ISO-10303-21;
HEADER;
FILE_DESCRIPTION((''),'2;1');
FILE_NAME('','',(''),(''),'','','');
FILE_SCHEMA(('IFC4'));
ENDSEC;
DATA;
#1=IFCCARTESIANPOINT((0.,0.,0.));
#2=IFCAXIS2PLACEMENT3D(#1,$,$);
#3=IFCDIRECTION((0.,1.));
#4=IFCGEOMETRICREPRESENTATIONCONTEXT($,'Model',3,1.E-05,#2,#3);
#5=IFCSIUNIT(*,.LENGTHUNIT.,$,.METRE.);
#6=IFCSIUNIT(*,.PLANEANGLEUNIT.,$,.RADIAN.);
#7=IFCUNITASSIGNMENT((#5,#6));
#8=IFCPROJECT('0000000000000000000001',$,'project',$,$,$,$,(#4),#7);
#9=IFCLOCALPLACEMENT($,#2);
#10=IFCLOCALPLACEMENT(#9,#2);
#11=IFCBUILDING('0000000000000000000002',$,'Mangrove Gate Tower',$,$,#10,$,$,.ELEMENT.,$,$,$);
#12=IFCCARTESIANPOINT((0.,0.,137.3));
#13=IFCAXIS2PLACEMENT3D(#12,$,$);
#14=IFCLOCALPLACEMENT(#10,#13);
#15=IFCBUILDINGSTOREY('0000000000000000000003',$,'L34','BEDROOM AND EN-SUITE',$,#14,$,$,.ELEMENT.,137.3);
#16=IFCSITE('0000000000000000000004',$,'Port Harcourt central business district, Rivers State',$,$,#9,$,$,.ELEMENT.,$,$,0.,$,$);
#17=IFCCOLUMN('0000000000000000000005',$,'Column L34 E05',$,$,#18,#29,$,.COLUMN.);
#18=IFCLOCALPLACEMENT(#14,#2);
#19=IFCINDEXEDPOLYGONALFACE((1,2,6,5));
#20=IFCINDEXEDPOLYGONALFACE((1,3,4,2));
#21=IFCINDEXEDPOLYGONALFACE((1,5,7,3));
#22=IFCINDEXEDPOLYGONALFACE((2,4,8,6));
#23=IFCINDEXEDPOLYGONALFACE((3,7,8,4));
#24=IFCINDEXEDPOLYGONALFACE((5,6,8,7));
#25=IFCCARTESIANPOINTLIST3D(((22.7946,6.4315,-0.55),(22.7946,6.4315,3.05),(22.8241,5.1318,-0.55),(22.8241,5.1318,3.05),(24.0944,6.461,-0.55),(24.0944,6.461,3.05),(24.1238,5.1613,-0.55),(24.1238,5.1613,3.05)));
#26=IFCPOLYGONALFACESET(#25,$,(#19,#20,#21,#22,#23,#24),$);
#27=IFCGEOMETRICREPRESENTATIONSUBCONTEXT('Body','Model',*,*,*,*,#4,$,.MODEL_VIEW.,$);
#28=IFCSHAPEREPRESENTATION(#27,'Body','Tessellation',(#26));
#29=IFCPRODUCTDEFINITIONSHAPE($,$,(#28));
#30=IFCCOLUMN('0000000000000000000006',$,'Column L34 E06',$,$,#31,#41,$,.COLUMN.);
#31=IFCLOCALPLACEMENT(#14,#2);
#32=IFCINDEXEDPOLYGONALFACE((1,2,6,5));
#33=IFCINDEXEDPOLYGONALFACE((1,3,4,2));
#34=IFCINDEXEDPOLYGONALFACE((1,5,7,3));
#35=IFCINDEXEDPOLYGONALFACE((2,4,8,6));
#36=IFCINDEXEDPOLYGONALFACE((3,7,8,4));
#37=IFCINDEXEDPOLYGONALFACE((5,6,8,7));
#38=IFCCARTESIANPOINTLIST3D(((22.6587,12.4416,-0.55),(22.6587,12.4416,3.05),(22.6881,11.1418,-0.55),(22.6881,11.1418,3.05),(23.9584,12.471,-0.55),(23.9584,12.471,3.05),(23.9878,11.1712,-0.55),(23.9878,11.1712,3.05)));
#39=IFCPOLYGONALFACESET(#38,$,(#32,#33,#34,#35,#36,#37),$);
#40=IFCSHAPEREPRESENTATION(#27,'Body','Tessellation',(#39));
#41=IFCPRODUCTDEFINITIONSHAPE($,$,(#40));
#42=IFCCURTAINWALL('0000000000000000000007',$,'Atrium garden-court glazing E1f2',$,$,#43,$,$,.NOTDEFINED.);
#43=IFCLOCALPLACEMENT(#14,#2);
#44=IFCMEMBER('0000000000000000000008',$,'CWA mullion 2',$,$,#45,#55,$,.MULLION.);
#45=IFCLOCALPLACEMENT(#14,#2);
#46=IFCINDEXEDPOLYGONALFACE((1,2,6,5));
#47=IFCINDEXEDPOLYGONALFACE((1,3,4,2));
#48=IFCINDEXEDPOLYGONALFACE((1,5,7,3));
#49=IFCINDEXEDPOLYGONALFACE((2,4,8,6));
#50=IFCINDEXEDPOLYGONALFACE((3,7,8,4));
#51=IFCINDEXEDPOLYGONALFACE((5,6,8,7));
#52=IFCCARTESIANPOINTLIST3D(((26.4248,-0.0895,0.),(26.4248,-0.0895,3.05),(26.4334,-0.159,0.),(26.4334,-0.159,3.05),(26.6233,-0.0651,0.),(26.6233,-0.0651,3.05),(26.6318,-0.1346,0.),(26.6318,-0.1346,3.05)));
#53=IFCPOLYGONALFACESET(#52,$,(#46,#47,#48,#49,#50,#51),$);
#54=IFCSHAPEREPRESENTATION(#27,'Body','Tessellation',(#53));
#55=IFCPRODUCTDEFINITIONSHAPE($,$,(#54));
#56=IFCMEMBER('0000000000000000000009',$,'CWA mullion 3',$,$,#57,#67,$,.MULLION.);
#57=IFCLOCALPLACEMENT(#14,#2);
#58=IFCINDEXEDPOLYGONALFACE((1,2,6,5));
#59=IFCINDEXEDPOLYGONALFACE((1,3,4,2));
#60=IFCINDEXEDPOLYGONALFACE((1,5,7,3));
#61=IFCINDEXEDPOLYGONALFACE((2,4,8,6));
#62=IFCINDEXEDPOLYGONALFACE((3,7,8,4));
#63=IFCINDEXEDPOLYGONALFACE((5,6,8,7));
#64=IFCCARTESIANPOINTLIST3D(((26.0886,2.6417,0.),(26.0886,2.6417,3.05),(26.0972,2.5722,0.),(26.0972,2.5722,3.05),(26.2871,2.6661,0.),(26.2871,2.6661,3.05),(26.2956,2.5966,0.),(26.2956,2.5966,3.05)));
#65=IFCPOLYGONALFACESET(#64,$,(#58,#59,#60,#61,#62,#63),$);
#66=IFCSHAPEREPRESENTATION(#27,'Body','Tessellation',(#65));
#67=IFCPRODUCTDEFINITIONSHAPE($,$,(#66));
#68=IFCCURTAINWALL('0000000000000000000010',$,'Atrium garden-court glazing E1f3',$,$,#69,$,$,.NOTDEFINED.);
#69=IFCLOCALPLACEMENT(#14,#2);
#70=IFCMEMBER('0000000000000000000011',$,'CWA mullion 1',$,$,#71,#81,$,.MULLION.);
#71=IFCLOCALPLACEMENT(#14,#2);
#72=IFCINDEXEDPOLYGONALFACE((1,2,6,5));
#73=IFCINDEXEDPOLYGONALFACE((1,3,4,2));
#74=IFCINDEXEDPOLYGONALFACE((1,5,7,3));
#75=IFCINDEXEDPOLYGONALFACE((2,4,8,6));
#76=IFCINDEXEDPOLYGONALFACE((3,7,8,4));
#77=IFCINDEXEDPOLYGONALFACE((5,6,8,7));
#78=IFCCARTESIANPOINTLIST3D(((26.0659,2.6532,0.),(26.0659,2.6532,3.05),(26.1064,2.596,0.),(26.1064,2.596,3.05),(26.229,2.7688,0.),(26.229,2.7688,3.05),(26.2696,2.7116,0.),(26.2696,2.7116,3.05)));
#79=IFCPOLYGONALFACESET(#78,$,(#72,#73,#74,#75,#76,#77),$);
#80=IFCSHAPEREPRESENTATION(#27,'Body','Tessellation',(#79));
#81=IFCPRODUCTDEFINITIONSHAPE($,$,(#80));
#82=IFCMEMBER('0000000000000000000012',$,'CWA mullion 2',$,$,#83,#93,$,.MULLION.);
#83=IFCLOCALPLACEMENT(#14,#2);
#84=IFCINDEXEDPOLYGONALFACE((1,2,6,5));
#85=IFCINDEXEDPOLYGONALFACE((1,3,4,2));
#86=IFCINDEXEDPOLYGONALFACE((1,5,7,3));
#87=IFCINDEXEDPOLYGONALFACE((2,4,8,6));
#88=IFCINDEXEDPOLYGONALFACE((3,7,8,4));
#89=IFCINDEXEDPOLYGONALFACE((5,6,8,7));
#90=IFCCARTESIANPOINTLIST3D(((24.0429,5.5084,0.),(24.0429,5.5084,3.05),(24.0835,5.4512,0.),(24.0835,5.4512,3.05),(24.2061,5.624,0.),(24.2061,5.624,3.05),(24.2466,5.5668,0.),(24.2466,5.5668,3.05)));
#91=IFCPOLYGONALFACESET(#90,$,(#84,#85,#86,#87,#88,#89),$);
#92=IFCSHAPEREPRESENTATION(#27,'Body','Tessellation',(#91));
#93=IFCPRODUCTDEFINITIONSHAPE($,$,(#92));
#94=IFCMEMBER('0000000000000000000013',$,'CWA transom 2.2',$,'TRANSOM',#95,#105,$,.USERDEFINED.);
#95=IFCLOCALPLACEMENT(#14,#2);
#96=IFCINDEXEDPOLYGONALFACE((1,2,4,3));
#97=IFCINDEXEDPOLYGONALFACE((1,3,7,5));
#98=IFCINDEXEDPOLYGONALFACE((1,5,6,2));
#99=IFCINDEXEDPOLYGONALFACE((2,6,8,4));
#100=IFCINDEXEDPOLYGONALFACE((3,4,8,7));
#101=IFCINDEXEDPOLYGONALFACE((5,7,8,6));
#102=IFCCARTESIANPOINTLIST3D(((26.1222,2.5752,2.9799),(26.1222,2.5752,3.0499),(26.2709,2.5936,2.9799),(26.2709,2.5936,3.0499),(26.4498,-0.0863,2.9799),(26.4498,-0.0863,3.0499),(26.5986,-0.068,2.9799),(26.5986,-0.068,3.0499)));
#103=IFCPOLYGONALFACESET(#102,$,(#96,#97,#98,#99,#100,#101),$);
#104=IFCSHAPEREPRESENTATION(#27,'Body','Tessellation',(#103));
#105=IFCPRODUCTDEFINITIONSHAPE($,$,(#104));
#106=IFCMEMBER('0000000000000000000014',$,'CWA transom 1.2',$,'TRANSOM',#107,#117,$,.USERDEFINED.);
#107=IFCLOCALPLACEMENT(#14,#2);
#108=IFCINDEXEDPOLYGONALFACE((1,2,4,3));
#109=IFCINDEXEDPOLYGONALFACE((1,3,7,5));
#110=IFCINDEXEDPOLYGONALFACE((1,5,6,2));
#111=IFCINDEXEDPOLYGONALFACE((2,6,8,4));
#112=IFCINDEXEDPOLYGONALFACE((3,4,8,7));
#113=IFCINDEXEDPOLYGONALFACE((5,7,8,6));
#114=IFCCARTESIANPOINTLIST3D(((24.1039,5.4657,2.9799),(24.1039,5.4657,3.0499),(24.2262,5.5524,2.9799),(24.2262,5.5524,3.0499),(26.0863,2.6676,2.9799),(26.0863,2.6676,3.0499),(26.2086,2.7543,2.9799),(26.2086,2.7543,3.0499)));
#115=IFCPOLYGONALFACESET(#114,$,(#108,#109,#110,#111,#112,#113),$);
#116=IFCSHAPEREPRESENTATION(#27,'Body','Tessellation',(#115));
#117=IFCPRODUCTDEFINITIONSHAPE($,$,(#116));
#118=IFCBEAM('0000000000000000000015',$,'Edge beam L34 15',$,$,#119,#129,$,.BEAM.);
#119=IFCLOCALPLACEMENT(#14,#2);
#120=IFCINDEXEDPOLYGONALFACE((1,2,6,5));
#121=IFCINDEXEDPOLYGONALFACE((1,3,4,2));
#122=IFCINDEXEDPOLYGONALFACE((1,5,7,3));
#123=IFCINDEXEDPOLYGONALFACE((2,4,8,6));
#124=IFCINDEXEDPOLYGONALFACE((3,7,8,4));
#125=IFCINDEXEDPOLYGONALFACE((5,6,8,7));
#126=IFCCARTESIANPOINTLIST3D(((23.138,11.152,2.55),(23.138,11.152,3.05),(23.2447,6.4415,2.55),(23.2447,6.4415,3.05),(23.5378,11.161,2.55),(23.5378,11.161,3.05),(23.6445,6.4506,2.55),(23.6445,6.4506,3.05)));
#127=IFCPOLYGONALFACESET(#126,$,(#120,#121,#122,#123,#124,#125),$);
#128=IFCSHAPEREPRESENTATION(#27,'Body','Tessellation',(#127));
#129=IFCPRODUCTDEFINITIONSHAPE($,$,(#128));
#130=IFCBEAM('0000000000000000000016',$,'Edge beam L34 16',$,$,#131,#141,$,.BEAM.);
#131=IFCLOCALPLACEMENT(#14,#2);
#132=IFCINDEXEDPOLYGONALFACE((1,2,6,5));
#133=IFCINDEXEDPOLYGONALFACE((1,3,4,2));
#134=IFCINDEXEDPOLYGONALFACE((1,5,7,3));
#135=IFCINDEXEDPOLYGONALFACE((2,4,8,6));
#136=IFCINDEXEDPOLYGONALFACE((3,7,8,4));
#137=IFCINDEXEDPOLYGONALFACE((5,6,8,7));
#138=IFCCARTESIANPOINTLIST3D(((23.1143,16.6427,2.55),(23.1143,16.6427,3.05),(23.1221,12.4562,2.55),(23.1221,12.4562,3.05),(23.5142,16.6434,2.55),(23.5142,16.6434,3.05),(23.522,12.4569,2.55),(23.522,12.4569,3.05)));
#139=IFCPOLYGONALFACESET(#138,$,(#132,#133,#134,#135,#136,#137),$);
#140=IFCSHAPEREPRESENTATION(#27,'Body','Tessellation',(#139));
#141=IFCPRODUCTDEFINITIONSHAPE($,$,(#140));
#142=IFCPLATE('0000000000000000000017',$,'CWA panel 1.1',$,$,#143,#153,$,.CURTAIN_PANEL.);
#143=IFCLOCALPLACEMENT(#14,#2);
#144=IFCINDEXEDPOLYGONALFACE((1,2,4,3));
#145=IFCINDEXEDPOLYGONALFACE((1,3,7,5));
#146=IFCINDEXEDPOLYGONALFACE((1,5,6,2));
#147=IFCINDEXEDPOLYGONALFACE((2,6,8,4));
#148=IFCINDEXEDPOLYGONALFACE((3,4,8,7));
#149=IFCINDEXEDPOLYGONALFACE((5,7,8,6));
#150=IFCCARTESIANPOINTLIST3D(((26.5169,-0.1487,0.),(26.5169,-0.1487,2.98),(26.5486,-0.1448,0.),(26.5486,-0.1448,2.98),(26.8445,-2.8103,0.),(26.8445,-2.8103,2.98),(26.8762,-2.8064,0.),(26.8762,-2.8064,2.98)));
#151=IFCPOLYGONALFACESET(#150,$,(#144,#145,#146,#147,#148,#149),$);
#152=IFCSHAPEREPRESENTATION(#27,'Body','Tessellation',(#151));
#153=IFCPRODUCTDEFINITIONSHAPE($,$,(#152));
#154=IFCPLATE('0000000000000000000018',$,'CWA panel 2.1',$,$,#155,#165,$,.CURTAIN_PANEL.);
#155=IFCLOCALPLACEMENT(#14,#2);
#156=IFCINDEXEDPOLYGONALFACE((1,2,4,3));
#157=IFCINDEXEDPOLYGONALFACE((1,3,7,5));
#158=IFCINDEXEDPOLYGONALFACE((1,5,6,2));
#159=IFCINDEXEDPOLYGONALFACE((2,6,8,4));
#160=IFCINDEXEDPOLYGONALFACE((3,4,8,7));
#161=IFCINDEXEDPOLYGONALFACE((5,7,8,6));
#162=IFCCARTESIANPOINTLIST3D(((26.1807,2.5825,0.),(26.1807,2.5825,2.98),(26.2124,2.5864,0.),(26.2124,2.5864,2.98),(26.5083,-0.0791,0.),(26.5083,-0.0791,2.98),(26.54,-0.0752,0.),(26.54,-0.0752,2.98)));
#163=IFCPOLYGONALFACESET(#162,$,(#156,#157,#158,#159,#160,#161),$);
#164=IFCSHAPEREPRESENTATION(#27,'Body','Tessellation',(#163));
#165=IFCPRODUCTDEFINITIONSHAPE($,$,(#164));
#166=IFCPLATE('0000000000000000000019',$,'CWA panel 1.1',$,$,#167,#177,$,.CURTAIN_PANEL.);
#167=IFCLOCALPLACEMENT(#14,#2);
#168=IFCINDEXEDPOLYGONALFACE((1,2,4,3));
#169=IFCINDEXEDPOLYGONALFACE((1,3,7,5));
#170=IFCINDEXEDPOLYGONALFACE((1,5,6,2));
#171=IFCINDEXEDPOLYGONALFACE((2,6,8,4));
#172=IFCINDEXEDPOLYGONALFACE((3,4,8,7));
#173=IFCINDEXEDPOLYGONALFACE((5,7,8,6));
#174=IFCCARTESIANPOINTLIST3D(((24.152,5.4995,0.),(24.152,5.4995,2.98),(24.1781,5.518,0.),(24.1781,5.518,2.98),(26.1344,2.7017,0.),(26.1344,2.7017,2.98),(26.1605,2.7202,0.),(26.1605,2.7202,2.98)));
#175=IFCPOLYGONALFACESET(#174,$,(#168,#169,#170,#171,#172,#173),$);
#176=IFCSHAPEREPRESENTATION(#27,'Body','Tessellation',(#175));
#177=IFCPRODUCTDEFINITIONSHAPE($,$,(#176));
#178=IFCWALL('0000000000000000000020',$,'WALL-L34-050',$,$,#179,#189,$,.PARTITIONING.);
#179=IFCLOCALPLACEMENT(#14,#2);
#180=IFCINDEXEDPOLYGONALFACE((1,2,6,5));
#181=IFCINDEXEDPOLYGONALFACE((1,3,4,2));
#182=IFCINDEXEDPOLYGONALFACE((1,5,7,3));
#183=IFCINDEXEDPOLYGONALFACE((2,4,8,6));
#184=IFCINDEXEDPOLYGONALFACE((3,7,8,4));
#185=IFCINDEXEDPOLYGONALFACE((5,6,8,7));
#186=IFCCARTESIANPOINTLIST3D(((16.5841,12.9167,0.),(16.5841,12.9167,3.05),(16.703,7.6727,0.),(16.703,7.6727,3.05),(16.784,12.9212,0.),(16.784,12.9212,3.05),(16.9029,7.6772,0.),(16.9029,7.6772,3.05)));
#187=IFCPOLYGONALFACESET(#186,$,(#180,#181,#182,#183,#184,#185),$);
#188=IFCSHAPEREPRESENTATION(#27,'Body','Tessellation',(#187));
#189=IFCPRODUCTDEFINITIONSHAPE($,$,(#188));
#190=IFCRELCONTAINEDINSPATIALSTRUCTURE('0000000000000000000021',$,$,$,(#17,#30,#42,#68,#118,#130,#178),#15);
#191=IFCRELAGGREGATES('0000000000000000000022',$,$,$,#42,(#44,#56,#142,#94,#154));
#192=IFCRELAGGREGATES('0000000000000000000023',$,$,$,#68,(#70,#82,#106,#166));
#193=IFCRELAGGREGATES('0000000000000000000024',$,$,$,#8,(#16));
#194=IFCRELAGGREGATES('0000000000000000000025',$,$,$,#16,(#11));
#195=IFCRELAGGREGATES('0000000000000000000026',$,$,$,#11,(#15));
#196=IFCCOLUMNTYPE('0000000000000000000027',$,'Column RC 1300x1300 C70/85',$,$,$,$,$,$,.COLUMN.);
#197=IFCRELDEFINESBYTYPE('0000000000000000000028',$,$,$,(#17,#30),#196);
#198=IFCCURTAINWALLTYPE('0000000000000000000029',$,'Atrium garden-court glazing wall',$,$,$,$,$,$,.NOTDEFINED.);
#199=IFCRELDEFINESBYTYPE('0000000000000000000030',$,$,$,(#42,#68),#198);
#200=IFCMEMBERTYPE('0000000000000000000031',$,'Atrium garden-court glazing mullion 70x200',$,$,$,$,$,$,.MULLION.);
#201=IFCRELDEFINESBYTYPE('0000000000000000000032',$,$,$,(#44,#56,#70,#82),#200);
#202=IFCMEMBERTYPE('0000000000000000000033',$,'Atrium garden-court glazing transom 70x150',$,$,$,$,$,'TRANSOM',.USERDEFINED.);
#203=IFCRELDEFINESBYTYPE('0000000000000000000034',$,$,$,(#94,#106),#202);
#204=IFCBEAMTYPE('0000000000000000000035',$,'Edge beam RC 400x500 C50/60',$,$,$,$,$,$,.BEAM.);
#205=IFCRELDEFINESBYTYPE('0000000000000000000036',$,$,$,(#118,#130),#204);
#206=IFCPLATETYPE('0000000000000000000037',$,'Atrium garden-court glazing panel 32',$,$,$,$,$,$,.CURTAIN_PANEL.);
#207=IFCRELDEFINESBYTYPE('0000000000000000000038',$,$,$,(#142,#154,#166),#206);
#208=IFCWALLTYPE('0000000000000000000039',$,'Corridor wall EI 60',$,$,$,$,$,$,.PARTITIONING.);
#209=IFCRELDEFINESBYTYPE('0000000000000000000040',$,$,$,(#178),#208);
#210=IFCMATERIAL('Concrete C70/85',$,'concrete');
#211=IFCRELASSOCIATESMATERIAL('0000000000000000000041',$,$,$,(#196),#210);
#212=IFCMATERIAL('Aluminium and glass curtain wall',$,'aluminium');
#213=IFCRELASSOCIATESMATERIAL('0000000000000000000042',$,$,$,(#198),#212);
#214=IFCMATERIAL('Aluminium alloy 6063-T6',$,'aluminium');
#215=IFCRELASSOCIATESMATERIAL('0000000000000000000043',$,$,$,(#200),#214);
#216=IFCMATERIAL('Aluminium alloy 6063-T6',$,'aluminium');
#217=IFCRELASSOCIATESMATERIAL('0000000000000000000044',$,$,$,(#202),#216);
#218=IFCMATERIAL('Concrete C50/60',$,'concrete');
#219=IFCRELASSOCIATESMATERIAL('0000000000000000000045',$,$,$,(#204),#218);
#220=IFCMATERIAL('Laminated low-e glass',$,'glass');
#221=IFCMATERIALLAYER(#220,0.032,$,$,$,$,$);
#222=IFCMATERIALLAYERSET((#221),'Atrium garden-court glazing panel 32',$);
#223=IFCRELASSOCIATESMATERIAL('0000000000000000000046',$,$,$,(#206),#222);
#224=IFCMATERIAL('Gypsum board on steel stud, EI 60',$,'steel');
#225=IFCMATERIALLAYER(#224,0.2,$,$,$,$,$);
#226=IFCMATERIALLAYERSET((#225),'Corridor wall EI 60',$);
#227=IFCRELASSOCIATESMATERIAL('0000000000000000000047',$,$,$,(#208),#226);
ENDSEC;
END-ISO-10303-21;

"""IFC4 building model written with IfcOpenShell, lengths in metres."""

from ifc_helpers import new_model, si_unit, direction, frame, frame_2d, origin, origin_2d, place, context, subcontext, project, spatial, rectangle, extrude, material, layer, layer_set, material_profile, profile_set, type_object, element, aggregate, save


model = new_model("IFC4")

# Units and contexts
model_context = context("Model", 3, precision=1e-05, world=origin(), true_north=direction((0.0, 1.0)))
body_context = subcontext(model_context, "Body", "Model", "MODEL_VIEW")
ifc_project = project(units=[si_unit("LENGTHUNIT", "METRE"), si_unit("PLANEANGLEUNIT", "RADIAN")], contexts=[model_context])

# Site, building, storey
site_placement = place(None, origin())
site = spatial("IfcSite", under=ifc_project, at=site_placement, Name="Port Harcourt central business district, Rivers State", CompositionType="ELEMENT", RefElevation=0.0)
building_placement = place(site_placement, origin())
building = spatial("IfcBuilding", under=site, at=building_placement, Name="Mangrove Gate Tower", CompositionType="ELEMENT")
storey_placement = place(building_placement, frame((0.0, 0.0, 137.3)))
storey = spatial("IfcBuildingStorey", under=building, at=storey_placement, Name="L34", Description="BEDROOM AND EN-SUITE", CompositionType="ELEMENT", Elevation=137.3)

# Columns
ifc_material_1 = material(Name="Concrete C70/85", Category="concrete")
ifc_material_profile_1 = material_profile(ifc_material_1, rectangle(XDim=1.3, YDim=1.3, at=origin_2d()))
ifc_profile_set_1 = profile_set([ifc_material_profile_1], Name="Concrete C70/85")
column_type = type_object("IfcColumnType", Name="Column RC 1300x1300 C70/85", PredefinedType="COLUMN", material=ifc_profile_set_1)
for number, where, z_axis, x_axis, name in (
    (1, (23.4592, 5.7964, -0.55), (0.0, 0.0, 1.0), (-0.022669, 0.999743, 0.0), "Column L34 E05"),
    (2, (23.3232, 11.8064, -0.55), (0.0, 0.0, 1.0), (-0.022621, 0.999744, 0.0), "Column L34 E06"),
):
    element("IfcColumn", number, at=place(storey_placement, frame(where, z_axis=z_axis, x_axis=x_axis)), inside=storey, type_object=column_type, Name=name, PredefinedType="COLUMN", context=body_context, shape_type="SweptSolid", body=[
        extrude(rectangle(XDim=1.3, YDim=1.3, at=origin_2d()), origin(), (0.0, 0.0, 1.0), 3.6001),
    ])

# Curtain walls, members
ifc_material_2 = material(Name="Aluminium and glass curtain wall", Category="aluminium")
curtain_wall_type = type_object("IfcCurtainWallType", Name="Atrium garden-court glazing wall", PredefinedType="NOTDEFINED", material=ifc_material_2)
curtain_wall_1_placement = place(storey_placement, origin())
curtain_wall_1 = element("IfcCurtainWall", 3, at=curtain_wall_1_placement, inside=storey, type_object=curtain_wall_type, Name="Atrium garden-court glazing E1f2", PredefinedType="NOTDEFINED")
ifc_material_3 = material(Name="Aluminium alloy 6063-T6", Category="aluminium")
ifc_material_profile_2 = material_profile(ifc_material_3, rectangle(XDim=0.0701, YDim=0.2, at=origin_2d()))
ifc_profile_set_2 = profile_set([ifc_material_profile_2], Name="Aluminium alloy 6063-T6")
member_type_1 = type_object("IfcMemberType", Name="Atrium garden-court glazing mullion 70x200", PredefinedType="MULLION", material=ifc_profile_set_2)
member_1_placement = place(storey_placement, frame((26.5283, -0.1121, 0.0), z_axis=(0.0, 0.0, 1.0), x_axis=(-0.122172, 0.992509, 0.0)))
member_1 = element("IfcMember", 4, at=member_1_placement, type_object=member_type_1, Name="CWA mullion 2", PredefinedType="MULLION", context=body_context, shape_type="SweptSolid", body=[
    extrude(rectangle(XDim=0.0701, YDim=0.2, at=origin_2d()), origin(), (0.0, 0.0, 1.0), 3.05),
])
member_2_placement = place(storey_placement, frame((26.1921, 2.6191, 0.0), z_axis=(0.0, 0.0, 1.0), x_axis=(-0.122172, 0.992509, 0.0)))
member_2 = element("IfcMember", 5, at=member_2_placement, type_object=member_type_1, Name="CWA mullion 3", PredefinedType="MULLION", context=body_context, shape_type="SweptSolid", body=[
    extrude(rectangle(XDim=0.0701, YDim=0.2, at=origin_2d()), origin(), (0.0, 0.0, 1.0), 3.05),
])
curtain_wall_2_placement = place(storey_placement, origin())
curtain_wall_2 = element("IfcCurtainWall", 6, at=curtain_wall_2_placement, inside=storey, type_object=curtain_wall_type, Name="Atrium garden-court glazing E1f3", PredefinedType="NOTDEFINED")
member_3_placement = place(storey_placement, frame((26.1677, 2.6824, 0.0), z_axis=(0.0, 0.0, 1.0), x_axis=(-0.578132, 0.815943, 0.0)))
member_3 = element("IfcMember", 7, at=member_3_placement, type_object=member_type_1, Name="CWA mullion 1", PredefinedType="MULLION", context=body_context, shape_type="SweptSolid", body=[
    extrude(rectangle(XDim=0.0701, YDim=0.2, at=origin_2d()), origin(), (0.0, 0.0, 1.0), 3.05),
])
member_4_placement = place(storey_placement, frame((24.1448, 5.5376, 0.0), z_axis=(0.0, 0.0, 1.0), x_axis=(-0.578132, 0.815943, 0.0)))
member_4 = element("IfcMember", 8, at=member_4_placement, type_object=member_type_1, Name="CWA mullion 2", PredefinedType="MULLION", context=body_context, shape_type="SweptSolid", body=[
    extrude(rectangle(XDim=0.0701, YDim=0.2, at=origin_2d()), origin(), (0.0, 0.0, 1.0), 3.05),
])

# Members
ifc_material_4 = material(Name="Aluminium alloy 6063-T6", Category="aluminium")
ifc_material_profile_3 = material_profile(ifc_material_4, rectangle(XDim=0.0701, YDim=0.1499, at=origin_2d()))
ifc_profile_set_3 = profile_set([ifc_material_profile_3], Name="Aluminium alloy 6063-T6")
member_type_2 = type_object("IfcMemberType", Name="Atrium garden-court glazing transom 70x150", ElementType="TRANSOM", PredefinedType="USERDEFINED", material=ifc_profile_set_3)
member_5_placement = place(storey_placement, frame((26.5242, -0.0771, 3.0149), z_axis=(-0.122175, 0.992509, 0.0), x_axis=(0.0, 0.0, 1.0)))
member_5 = element("IfcMember", 9, at=member_5_placement, type_object=member_type_2, Name="CWA transom 2.2", ObjectType="TRANSOM", PredefinedType="USERDEFINED", context=body_context, shape_type="SweptSolid", body=[
    extrude(rectangle(XDim=0.0701, YDim=0.1499, at=origin_2d()), origin(), (0.0, 0.0, 1.0), 2.6816),
])
member_6_placement = place(storey_placement, frame((26.1475, 2.7109, 3.0149), z_axis=(-0.578102, 0.815964, 0.0), x_axis=(0.0, 0.0, 1.0)))
member_6 = element("IfcMember", 10, at=member_6_placement, type_object=member_type_2, Name="CWA transom 1.2", ObjectType="TRANSOM", PredefinedType="USERDEFINED", context=body_context, shape_type="SweptSolid", body=[
    extrude(rectangle(XDim=0.0701, YDim=0.1499, at=origin_2d()), origin(), (0.0, 0.0, 1.0), 3.4292),
])

# Beams
ifc_material_5 = material(Name="Concrete C50/60", Category="concrete")
ifc_material_profile_4 = material_profile(ifc_material_5, rectangle(XDim=0.3999, YDim=0.5, at=origin_2d()))
ifc_profile_set_4 = profile_set([ifc_material_profile_4], Name="Concrete C50/60")
beam_type = type_object("IfcBeamType", Name="Edge beam RC 400x500 C50/60", PredefinedType="BEAM", material=ifc_profile_set_4)
beam_1_placement = place(storey_placement, frame((23.4446, 6.446, 2.8), z_axis=(-0.022644, 0.999744, 0.0), x_axis=(-0.999744, -0.022644, 0.0)))
element("IfcBeam", 11, at=beam_1_placement, inside=storey, type_object=beam_type, Name="Edge beam L34 15", PredefinedType="BEAM", context=body_context, shape_type="SweptSolid", body=[
    extrude(rectangle(XDim=0.3999, YDim=0.5, at=origin_2d()), origin(), (0.0, 0.0, 1.0), 4.7117),
])
beam_2_placement = place(storey_placement, frame((23.322, 12.4565, 2.8), z_axis=(-0.001866, 0.999998, 0.0), x_axis=(-0.999998, -0.001866, 0.0)))
element("IfcBeam", 12, at=beam_2_placement, inside=storey, type_object=beam_type, Name="Edge beam L34 16", PredefinedType="BEAM", context=body_context, shape_type="SweptSolid", body=[
    extrude(rectangle(XDim=0.3999, YDim=0.5, at=origin_2d()), origin(), (0.0, 0.0, 1.0), 4.1865),
])

# Plates
ifc_material_6 = material(Name="Laminated low-e glass", Category="glass")
ifc_layer_1 = layer(ifc_material_6, 0.032)
ifc_layer_set_1 = layer_set([ifc_layer_1], Name="Atrium garden-court glazing panel 32")
plate_type = type_object("IfcPlateType", Name="Atrium garden-court glazing panel 32", PredefinedType="CURTAIN_PANEL", material=ifc_layer_set_1)
plate_1_placement = place(storey_placement, frame((26.6965, -1.4775, 0.0), z_axis=(0.0, 0.0, 1.0), x_axis=(-0.122172, 0.992509, 0.0)))
plate_1 = element("IfcPlate", 13, at=plate_1_placement, type_object=plate_type, Name="CWA panel 1.1", PredefinedType="CURTAIN_PANEL", context=body_context, shape_type="SweptSolid", body=[
    extrude(rectangle(XDim=2.6816, YDim=0.032, at=origin_2d()), origin(), (0.0, 0.0, 1.0), 2.98),
])
plate_2_placement = place(storey_placement, frame((26.3604, 1.2537, 0.0), z_axis=(0.0, 0.0, 1.0), x_axis=(-0.122172, 0.992509, 0.0)))
plate_2 = element("IfcPlate", 14, at=plate_2_placement, type_object=plate_type, Name="CWA panel 2.1", PredefinedType="CURTAIN_PANEL", context=body_context, shape_type="SweptSolid", body=[
    extrude(rectangle(XDim=2.6816, YDim=0.032, at=origin_2d()), origin(), (0.0, 0.0, 1.0), 2.98),
])
aggregate(curtain_wall_1, [member_1, member_2, plate_1, member_5, plate_2])
plate_3_placement = place(storey_placement, frame((25.1562, 4.1099, 0.0), z_axis=(0.0, 0.0, 1.0), x_axis=(-0.578132, 0.815943, 0.0)))
plate_3 = element("IfcPlate", 15, at=plate_3_placement, type_object=plate_type, Name="CWA panel 1.1", PredefinedType="CURTAIN_PANEL", context=body_context, shape_type="SweptSolid", body=[
    extrude(rectangle(XDim=3.429, YDim=0.032, at=origin_2d()), origin(), (0.0, 0.0, 1.0), 2.98),
])
aggregate(curtain_wall_2, [member_3, member_4, member_6, plate_3])

# Wall
ifc_material_7 = material(Name="Gypsum board on steel stud, EI 60", Category="steel")
ifc_layer_2 = layer(ifc_material_7, 0.2)
ifc_layer_set_2 = layer_set([ifc_layer_2], Name="Corridor wall EI 60")
wall_type_1 = type_object("IfcWallType", Name="Corridor wall EI 60", PredefinedType="PARTITIONING", material=ifc_layer_set_2)
wall_1_placement = place(storey_placement, frame((16.803, 7.675, 0.0), z_axis=(0.0, 0.0, 1.0), x_axis=(-0.022667, 0.999743, 0.0)))
element("IfcWall", 16, at=wall_1_placement, inside=storey, type_object=wall_type_1, Name="WALL-L34-050", PredefinedType="PARTITIONING", context=body_context, shape_type="SweptSolid", body=[
    extrude(rectangle(XDim=5.2454, YDim=0.2, at=frame_2d((2.6226, 0.0))), origin(), (0.0, 0.0, 1.0), 3.05),
])

save(model, "model.ifc")
